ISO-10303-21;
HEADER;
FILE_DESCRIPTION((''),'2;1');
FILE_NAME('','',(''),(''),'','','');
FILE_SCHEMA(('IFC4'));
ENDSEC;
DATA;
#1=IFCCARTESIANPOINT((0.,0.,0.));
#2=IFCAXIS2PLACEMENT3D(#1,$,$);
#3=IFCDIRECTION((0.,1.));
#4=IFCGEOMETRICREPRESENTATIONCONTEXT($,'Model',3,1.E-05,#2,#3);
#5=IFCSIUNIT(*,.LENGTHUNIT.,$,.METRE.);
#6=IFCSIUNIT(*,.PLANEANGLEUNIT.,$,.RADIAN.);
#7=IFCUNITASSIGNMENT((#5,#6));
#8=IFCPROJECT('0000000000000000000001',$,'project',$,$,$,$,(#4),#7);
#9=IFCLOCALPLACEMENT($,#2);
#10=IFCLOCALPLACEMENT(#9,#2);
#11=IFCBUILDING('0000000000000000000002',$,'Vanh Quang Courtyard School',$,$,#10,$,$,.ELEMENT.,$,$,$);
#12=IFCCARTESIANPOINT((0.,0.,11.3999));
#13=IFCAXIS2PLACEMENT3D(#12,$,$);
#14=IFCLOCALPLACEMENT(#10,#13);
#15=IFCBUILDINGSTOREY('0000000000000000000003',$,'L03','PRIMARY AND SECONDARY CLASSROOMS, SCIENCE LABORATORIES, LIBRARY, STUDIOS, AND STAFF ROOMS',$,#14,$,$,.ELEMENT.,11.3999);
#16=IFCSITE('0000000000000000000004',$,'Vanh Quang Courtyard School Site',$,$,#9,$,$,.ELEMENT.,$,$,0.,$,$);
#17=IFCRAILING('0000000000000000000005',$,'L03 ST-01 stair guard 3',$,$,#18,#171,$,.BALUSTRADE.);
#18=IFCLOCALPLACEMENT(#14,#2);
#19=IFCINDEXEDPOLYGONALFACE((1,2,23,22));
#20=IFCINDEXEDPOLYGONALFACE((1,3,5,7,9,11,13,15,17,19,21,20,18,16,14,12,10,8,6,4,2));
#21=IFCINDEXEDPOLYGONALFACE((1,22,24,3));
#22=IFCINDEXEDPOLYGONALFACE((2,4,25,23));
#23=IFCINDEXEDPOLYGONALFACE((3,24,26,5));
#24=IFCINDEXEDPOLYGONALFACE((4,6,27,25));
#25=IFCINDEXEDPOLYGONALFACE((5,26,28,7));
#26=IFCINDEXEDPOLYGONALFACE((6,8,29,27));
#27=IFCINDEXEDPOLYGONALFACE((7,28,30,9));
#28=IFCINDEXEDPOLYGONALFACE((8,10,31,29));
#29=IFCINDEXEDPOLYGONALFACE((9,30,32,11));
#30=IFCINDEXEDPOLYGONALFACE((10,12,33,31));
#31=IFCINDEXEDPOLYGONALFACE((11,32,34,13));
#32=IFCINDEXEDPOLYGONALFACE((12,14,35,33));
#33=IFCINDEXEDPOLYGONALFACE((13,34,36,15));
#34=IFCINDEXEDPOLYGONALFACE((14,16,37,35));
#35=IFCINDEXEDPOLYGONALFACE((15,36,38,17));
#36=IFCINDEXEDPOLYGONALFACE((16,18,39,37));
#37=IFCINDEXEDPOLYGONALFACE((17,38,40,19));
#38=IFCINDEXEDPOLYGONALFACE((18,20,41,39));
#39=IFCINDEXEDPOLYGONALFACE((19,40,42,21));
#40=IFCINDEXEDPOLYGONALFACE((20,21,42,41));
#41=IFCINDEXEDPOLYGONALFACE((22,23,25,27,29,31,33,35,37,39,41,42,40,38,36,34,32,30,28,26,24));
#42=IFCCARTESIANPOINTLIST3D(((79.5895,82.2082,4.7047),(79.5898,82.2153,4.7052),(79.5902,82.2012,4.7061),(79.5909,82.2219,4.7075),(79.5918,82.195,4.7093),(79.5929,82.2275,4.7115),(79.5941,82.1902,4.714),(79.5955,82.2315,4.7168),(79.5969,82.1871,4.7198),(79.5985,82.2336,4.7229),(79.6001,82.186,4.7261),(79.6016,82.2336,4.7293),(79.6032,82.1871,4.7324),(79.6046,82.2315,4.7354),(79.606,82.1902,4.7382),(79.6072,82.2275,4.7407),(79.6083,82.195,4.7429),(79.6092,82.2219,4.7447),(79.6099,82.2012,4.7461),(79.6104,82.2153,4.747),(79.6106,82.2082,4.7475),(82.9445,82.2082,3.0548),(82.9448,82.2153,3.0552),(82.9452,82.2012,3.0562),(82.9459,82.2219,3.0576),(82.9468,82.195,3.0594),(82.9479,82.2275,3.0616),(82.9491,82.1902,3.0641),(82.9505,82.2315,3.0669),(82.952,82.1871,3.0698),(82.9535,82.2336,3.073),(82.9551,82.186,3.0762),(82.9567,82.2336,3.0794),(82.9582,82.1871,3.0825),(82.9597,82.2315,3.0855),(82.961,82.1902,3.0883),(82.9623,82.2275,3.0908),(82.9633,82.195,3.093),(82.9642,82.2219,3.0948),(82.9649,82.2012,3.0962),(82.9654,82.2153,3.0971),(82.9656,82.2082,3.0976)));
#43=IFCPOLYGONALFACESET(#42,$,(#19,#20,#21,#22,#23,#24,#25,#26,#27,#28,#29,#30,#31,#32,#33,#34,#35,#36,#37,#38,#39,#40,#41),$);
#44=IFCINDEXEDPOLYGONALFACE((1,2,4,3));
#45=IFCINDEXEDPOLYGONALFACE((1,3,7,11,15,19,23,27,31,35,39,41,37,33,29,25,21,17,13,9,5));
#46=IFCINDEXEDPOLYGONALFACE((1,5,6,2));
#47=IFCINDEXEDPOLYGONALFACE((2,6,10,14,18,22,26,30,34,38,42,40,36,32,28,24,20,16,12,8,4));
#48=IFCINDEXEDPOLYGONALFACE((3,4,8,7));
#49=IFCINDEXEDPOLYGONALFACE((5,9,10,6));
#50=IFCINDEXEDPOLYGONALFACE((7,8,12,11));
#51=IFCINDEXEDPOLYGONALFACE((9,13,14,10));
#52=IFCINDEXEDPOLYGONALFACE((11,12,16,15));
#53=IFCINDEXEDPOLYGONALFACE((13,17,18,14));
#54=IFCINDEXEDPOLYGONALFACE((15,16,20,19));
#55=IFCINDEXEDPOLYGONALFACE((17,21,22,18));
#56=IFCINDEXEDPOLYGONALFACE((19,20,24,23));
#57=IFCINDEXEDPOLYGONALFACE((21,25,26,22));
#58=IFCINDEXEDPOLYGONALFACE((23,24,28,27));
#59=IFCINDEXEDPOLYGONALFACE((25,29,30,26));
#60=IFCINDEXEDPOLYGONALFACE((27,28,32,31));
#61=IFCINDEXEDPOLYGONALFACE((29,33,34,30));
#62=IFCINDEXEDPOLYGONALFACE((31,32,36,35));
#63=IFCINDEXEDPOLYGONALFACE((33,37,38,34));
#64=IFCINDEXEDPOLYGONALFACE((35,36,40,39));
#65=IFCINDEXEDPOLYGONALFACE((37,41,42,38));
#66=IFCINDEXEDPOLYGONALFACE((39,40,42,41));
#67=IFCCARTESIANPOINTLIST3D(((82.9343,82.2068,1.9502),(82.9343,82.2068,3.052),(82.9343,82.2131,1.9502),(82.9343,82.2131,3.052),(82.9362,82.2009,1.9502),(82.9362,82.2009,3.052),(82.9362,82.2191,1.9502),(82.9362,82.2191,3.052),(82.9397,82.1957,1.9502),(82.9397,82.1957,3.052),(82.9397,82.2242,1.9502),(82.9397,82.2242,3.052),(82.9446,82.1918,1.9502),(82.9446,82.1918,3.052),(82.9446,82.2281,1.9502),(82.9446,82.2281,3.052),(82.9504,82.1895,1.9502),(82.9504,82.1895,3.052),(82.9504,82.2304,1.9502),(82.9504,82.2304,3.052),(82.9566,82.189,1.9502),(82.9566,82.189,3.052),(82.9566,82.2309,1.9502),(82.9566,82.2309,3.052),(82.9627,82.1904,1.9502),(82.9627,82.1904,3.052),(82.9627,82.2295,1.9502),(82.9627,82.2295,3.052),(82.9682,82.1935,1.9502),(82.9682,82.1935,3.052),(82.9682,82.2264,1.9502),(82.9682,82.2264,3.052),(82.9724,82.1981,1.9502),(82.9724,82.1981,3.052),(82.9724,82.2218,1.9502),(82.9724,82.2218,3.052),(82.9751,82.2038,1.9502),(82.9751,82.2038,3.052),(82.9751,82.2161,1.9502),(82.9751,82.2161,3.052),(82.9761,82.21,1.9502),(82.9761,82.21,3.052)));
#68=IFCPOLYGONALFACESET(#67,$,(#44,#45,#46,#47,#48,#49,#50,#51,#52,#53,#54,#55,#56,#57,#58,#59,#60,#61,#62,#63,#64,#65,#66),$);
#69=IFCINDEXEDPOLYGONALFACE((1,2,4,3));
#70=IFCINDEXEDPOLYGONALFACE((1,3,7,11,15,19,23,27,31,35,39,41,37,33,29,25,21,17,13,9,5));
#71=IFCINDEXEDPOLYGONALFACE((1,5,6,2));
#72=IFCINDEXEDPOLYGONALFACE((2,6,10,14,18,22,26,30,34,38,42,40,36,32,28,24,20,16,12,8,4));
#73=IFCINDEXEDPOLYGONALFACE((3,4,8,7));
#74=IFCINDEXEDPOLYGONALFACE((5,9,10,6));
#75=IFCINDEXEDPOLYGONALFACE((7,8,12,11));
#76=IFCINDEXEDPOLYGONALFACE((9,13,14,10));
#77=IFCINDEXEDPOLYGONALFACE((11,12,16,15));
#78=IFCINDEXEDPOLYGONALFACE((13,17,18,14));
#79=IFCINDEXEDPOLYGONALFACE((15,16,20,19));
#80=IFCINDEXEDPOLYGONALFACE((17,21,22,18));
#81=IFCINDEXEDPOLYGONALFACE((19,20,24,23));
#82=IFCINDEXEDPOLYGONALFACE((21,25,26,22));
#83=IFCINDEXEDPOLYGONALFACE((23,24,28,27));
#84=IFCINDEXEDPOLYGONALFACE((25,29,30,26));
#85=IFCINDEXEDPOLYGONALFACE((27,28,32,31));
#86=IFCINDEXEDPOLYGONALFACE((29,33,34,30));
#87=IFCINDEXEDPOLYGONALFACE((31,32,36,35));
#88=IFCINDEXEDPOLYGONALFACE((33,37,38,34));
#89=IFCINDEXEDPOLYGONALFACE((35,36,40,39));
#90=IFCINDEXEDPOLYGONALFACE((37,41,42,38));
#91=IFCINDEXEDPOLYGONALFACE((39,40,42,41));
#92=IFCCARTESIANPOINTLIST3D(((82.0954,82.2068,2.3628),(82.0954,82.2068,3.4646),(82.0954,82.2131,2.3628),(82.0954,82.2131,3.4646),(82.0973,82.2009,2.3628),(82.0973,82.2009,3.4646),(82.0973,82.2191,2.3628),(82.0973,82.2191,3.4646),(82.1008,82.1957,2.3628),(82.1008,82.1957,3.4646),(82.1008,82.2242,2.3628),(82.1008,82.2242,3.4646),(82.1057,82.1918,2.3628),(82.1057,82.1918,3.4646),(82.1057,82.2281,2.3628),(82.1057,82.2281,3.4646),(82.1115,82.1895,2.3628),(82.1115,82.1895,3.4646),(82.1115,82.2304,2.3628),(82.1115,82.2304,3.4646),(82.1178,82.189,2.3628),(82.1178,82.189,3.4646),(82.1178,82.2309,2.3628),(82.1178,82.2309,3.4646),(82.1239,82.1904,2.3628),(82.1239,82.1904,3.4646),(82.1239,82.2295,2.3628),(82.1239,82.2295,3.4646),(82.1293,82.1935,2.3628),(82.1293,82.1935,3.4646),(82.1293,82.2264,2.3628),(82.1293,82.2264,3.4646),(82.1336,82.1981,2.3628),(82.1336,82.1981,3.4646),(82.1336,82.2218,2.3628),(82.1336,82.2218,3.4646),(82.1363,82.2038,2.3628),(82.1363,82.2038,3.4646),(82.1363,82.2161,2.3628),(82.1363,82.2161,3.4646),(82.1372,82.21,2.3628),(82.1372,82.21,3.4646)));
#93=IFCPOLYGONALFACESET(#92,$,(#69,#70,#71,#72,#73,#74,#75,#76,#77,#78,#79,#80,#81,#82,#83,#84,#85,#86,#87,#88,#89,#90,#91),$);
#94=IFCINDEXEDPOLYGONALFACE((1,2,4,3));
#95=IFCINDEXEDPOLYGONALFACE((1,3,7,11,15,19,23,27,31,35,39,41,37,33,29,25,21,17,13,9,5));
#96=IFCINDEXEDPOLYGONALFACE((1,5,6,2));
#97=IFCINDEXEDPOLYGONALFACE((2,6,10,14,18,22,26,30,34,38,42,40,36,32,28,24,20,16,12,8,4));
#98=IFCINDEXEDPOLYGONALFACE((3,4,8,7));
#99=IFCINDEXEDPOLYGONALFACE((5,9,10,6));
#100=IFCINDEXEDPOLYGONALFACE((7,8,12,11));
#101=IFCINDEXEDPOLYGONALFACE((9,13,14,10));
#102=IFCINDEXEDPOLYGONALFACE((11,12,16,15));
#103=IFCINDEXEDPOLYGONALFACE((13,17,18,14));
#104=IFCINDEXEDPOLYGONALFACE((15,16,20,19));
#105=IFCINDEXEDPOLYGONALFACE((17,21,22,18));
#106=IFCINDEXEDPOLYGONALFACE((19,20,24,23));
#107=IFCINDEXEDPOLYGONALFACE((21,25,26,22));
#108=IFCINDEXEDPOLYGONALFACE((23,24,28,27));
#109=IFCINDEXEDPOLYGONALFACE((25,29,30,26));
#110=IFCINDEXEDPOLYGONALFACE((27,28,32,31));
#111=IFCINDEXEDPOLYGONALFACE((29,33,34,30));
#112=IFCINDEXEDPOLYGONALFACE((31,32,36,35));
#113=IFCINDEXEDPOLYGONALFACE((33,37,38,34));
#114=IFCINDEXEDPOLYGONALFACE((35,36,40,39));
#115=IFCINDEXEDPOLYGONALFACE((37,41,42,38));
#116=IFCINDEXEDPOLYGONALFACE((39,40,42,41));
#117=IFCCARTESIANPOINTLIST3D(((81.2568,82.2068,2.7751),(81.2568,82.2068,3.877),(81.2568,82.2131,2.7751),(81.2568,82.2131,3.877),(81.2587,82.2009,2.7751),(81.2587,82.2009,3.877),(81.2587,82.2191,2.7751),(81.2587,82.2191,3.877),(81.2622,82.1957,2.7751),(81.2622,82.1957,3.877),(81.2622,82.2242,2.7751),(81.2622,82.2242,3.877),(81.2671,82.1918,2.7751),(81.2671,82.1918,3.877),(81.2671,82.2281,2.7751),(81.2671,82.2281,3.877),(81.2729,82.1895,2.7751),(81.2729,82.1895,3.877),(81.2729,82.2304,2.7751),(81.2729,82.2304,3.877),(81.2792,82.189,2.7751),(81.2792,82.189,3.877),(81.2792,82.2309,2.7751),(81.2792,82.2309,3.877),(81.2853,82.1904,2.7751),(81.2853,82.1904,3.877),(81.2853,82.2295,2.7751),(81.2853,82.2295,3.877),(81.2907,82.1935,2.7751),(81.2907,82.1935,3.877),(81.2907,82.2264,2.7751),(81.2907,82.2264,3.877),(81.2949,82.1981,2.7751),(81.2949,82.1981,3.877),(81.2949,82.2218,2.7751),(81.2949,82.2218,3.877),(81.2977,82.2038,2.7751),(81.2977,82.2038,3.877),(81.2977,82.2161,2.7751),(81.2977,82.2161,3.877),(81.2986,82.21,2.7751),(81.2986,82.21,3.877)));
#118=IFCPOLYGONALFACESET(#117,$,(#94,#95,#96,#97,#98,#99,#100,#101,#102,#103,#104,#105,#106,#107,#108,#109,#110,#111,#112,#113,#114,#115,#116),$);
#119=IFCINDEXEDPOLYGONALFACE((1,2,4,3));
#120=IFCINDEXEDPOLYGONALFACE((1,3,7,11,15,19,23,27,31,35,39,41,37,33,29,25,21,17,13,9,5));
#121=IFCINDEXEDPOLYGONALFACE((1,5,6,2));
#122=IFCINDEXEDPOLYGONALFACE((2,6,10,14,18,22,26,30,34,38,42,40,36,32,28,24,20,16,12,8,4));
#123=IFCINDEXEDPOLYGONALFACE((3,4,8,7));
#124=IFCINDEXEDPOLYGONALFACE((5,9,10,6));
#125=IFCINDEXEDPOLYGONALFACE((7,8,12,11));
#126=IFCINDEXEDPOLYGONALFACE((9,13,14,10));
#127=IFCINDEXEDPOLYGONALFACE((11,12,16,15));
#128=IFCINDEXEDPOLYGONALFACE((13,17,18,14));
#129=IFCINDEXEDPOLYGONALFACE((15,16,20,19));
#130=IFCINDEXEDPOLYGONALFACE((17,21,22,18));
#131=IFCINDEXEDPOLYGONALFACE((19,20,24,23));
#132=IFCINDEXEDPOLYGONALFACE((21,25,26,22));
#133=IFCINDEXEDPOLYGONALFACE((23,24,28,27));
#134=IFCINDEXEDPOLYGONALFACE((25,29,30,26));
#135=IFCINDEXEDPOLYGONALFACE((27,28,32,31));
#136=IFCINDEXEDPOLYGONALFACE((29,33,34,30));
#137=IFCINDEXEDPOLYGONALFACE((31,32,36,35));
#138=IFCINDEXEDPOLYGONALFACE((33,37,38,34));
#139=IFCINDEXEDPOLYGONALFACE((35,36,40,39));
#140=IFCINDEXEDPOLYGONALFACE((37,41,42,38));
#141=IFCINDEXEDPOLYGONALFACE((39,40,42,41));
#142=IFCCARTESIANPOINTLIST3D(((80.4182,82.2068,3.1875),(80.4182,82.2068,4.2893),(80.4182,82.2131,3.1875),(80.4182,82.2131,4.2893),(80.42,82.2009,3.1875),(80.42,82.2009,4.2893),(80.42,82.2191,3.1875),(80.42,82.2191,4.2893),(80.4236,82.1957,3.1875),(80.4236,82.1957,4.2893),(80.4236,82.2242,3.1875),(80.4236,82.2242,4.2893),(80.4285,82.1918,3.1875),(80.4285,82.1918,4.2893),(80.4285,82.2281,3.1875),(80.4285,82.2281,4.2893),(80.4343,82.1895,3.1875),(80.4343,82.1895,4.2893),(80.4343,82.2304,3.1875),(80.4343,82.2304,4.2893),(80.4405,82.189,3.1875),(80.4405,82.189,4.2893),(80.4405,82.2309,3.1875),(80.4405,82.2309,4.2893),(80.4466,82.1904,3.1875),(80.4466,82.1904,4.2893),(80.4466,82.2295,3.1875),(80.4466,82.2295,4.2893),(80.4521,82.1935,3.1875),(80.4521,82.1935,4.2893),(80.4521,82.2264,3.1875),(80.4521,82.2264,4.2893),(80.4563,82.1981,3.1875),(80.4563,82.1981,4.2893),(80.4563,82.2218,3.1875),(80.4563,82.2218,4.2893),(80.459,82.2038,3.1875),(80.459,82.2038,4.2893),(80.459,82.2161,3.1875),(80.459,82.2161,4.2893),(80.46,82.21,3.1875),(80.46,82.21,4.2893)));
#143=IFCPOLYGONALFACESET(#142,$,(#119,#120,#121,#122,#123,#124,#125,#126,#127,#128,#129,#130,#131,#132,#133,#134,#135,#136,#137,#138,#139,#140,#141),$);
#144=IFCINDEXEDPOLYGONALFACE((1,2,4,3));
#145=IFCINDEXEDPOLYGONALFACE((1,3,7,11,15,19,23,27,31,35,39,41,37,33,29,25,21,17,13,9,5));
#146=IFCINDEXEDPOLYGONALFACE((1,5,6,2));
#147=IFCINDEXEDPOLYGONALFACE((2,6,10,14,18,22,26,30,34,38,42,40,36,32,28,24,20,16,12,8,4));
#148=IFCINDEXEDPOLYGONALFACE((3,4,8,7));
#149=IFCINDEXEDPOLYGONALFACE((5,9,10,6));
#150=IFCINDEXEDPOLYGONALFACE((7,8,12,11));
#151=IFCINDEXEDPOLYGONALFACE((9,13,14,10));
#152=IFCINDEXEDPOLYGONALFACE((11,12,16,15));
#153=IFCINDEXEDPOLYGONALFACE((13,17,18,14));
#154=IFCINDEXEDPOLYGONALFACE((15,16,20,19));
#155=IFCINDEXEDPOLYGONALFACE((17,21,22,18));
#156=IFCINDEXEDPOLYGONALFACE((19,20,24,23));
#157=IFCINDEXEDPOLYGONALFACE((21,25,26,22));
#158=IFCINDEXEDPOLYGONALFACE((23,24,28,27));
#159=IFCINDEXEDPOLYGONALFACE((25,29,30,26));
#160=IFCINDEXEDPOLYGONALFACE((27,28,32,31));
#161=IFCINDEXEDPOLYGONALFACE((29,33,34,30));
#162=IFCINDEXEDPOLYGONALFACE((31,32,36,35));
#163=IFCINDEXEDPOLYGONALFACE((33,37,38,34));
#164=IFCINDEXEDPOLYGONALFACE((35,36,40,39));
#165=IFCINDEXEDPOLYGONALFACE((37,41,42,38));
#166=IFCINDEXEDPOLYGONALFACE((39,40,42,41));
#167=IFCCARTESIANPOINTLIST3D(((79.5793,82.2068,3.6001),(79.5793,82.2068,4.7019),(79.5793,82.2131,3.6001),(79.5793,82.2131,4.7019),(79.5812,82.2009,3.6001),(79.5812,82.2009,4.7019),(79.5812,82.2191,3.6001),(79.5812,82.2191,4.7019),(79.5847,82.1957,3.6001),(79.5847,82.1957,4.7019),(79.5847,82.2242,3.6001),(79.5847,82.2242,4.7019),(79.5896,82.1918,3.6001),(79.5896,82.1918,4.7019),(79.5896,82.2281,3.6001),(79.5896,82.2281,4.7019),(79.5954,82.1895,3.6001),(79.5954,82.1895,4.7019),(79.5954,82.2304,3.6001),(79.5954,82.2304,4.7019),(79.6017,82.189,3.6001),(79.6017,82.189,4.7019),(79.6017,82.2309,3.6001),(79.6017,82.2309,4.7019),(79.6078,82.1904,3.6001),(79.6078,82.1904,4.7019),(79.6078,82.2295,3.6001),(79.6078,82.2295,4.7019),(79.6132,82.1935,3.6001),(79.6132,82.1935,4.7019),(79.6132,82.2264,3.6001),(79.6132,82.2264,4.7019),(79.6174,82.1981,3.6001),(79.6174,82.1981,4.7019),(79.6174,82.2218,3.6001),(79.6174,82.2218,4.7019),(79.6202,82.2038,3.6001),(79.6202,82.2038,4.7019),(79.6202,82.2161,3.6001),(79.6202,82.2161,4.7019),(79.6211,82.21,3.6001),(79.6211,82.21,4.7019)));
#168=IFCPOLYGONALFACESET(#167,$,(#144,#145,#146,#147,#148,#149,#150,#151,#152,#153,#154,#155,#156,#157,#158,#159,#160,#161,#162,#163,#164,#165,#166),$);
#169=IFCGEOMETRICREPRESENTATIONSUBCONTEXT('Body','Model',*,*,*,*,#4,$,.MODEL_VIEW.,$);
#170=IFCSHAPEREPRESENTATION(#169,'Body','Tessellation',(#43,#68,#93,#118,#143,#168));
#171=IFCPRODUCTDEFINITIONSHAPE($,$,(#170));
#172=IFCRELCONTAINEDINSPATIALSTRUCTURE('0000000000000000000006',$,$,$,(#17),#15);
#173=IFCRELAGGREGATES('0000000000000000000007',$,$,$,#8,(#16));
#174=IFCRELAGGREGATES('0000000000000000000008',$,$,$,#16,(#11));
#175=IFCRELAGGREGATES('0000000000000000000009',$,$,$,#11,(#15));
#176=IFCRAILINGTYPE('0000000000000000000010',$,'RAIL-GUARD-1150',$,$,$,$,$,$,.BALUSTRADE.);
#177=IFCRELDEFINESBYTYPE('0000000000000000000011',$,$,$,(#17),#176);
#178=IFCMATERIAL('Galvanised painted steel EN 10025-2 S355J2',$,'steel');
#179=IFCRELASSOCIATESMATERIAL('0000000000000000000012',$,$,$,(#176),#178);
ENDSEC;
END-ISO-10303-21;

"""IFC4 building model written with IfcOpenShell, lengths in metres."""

from ifc_helpers import new_model, si_unit, direction, frame, origin, origin_2d, place, context, subcontext, project, spatial, circle, extrude, material, type_object, element, save


model = new_model("IFC4")

# Units and contexts
model_context = context("Model", 3, precision=1e-05, world=origin(), true_north=direction((0.0, 1.0)))
body_context = subcontext(model_context, "Body", "Model", "MODEL_VIEW")
ifc_project = project(units=[si_unit("LENGTHUNIT", "METRE"), si_unit("PLANEANGLEUNIT", "RADIAN")], contexts=[model_context])

# Site, building, storey
site_placement = place(None, origin())
site = spatial("IfcSite", under=ifc_project, at=site_placement, Name="Vanh Quang Courtyard School Site", CompositionType="ELEMENT", RefElevation=0.0)
building_placement = place(site_placement, origin())
building = spatial("IfcBuilding", under=site, at=building_placement, Name="Vanh Quang Courtyard School", CompositionType="ELEMENT")
storey_placement = place(building_placement, frame((0.0, 0.0, 11.3999)))
storey = spatial("IfcBuildingStorey", under=building, at=storey_placement, Name="L03", Description="PRIMARY AND SECONDARY CLASSROOMS, SCIENCE LABORATORIES, LIBRARY, STUDIOS, AND STAFF ROOMS", CompositionType="ELEMENT", Elevation=11.3999)

# Railing
ifc_material_1 = material(Name="Galvanised painted steel EN 10025-2 S355J2", Category="steel")
railing_type_1 = type_object("IfcRailingType", Name="RAIL-GUARD-1150", PredefinedType="BALUSTRADE", material=ifc_material_1)
railing_1_placement = place(storey_placement, frame((82.9551, 82.21, 1.9502)))
element("IfcRailing", 1, at=railing_1_placement, inside=storey, type_object=railing_type_1, Name="L03 ST-01 stair guard 3", PredefinedType="BALUSTRADE", context=body_context, shape_type="SweptSolid", body=[
    extrude(circle(Radius=0.0239, at=origin_2d()), frame((0.0, 0.0, 1.126), z_axis=(-0.897359, 0.0, 0.441301), x_axis=(0.0, -1.0, 0.0)), (0.0, 0.0, 1.0), 3.7388),
    extrude(circle(Radius=0.021, at=origin_2d()), origin(), (0.0, 0.0, 1.0), 1.1018),
    extrude(circle(Radius=0.021, at=origin_2d()), frame((-0.8389, 0.0, 0.4126)), (0.0, 0.0, 1.0), 1.1018),
    extrude(circle(Radius=0.021, at=origin_2d()), frame((-1.6775, 0.0, 0.825)), (0.0, 0.0, 1.0), 1.1018),
    extrude(circle(Radius=0.021, at=origin_2d()), frame((-2.5161, 0.0, 1.2373)), (0.0, 0.0, 1.0), 1.1018),
    extrude(circle(Radius=0.021, at=origin_2d()), frame((-3.355, 0.0, 1.6499)), (0.0, 0.0, 1.0), 1.1018),
])

save(model, "model.ifc")
